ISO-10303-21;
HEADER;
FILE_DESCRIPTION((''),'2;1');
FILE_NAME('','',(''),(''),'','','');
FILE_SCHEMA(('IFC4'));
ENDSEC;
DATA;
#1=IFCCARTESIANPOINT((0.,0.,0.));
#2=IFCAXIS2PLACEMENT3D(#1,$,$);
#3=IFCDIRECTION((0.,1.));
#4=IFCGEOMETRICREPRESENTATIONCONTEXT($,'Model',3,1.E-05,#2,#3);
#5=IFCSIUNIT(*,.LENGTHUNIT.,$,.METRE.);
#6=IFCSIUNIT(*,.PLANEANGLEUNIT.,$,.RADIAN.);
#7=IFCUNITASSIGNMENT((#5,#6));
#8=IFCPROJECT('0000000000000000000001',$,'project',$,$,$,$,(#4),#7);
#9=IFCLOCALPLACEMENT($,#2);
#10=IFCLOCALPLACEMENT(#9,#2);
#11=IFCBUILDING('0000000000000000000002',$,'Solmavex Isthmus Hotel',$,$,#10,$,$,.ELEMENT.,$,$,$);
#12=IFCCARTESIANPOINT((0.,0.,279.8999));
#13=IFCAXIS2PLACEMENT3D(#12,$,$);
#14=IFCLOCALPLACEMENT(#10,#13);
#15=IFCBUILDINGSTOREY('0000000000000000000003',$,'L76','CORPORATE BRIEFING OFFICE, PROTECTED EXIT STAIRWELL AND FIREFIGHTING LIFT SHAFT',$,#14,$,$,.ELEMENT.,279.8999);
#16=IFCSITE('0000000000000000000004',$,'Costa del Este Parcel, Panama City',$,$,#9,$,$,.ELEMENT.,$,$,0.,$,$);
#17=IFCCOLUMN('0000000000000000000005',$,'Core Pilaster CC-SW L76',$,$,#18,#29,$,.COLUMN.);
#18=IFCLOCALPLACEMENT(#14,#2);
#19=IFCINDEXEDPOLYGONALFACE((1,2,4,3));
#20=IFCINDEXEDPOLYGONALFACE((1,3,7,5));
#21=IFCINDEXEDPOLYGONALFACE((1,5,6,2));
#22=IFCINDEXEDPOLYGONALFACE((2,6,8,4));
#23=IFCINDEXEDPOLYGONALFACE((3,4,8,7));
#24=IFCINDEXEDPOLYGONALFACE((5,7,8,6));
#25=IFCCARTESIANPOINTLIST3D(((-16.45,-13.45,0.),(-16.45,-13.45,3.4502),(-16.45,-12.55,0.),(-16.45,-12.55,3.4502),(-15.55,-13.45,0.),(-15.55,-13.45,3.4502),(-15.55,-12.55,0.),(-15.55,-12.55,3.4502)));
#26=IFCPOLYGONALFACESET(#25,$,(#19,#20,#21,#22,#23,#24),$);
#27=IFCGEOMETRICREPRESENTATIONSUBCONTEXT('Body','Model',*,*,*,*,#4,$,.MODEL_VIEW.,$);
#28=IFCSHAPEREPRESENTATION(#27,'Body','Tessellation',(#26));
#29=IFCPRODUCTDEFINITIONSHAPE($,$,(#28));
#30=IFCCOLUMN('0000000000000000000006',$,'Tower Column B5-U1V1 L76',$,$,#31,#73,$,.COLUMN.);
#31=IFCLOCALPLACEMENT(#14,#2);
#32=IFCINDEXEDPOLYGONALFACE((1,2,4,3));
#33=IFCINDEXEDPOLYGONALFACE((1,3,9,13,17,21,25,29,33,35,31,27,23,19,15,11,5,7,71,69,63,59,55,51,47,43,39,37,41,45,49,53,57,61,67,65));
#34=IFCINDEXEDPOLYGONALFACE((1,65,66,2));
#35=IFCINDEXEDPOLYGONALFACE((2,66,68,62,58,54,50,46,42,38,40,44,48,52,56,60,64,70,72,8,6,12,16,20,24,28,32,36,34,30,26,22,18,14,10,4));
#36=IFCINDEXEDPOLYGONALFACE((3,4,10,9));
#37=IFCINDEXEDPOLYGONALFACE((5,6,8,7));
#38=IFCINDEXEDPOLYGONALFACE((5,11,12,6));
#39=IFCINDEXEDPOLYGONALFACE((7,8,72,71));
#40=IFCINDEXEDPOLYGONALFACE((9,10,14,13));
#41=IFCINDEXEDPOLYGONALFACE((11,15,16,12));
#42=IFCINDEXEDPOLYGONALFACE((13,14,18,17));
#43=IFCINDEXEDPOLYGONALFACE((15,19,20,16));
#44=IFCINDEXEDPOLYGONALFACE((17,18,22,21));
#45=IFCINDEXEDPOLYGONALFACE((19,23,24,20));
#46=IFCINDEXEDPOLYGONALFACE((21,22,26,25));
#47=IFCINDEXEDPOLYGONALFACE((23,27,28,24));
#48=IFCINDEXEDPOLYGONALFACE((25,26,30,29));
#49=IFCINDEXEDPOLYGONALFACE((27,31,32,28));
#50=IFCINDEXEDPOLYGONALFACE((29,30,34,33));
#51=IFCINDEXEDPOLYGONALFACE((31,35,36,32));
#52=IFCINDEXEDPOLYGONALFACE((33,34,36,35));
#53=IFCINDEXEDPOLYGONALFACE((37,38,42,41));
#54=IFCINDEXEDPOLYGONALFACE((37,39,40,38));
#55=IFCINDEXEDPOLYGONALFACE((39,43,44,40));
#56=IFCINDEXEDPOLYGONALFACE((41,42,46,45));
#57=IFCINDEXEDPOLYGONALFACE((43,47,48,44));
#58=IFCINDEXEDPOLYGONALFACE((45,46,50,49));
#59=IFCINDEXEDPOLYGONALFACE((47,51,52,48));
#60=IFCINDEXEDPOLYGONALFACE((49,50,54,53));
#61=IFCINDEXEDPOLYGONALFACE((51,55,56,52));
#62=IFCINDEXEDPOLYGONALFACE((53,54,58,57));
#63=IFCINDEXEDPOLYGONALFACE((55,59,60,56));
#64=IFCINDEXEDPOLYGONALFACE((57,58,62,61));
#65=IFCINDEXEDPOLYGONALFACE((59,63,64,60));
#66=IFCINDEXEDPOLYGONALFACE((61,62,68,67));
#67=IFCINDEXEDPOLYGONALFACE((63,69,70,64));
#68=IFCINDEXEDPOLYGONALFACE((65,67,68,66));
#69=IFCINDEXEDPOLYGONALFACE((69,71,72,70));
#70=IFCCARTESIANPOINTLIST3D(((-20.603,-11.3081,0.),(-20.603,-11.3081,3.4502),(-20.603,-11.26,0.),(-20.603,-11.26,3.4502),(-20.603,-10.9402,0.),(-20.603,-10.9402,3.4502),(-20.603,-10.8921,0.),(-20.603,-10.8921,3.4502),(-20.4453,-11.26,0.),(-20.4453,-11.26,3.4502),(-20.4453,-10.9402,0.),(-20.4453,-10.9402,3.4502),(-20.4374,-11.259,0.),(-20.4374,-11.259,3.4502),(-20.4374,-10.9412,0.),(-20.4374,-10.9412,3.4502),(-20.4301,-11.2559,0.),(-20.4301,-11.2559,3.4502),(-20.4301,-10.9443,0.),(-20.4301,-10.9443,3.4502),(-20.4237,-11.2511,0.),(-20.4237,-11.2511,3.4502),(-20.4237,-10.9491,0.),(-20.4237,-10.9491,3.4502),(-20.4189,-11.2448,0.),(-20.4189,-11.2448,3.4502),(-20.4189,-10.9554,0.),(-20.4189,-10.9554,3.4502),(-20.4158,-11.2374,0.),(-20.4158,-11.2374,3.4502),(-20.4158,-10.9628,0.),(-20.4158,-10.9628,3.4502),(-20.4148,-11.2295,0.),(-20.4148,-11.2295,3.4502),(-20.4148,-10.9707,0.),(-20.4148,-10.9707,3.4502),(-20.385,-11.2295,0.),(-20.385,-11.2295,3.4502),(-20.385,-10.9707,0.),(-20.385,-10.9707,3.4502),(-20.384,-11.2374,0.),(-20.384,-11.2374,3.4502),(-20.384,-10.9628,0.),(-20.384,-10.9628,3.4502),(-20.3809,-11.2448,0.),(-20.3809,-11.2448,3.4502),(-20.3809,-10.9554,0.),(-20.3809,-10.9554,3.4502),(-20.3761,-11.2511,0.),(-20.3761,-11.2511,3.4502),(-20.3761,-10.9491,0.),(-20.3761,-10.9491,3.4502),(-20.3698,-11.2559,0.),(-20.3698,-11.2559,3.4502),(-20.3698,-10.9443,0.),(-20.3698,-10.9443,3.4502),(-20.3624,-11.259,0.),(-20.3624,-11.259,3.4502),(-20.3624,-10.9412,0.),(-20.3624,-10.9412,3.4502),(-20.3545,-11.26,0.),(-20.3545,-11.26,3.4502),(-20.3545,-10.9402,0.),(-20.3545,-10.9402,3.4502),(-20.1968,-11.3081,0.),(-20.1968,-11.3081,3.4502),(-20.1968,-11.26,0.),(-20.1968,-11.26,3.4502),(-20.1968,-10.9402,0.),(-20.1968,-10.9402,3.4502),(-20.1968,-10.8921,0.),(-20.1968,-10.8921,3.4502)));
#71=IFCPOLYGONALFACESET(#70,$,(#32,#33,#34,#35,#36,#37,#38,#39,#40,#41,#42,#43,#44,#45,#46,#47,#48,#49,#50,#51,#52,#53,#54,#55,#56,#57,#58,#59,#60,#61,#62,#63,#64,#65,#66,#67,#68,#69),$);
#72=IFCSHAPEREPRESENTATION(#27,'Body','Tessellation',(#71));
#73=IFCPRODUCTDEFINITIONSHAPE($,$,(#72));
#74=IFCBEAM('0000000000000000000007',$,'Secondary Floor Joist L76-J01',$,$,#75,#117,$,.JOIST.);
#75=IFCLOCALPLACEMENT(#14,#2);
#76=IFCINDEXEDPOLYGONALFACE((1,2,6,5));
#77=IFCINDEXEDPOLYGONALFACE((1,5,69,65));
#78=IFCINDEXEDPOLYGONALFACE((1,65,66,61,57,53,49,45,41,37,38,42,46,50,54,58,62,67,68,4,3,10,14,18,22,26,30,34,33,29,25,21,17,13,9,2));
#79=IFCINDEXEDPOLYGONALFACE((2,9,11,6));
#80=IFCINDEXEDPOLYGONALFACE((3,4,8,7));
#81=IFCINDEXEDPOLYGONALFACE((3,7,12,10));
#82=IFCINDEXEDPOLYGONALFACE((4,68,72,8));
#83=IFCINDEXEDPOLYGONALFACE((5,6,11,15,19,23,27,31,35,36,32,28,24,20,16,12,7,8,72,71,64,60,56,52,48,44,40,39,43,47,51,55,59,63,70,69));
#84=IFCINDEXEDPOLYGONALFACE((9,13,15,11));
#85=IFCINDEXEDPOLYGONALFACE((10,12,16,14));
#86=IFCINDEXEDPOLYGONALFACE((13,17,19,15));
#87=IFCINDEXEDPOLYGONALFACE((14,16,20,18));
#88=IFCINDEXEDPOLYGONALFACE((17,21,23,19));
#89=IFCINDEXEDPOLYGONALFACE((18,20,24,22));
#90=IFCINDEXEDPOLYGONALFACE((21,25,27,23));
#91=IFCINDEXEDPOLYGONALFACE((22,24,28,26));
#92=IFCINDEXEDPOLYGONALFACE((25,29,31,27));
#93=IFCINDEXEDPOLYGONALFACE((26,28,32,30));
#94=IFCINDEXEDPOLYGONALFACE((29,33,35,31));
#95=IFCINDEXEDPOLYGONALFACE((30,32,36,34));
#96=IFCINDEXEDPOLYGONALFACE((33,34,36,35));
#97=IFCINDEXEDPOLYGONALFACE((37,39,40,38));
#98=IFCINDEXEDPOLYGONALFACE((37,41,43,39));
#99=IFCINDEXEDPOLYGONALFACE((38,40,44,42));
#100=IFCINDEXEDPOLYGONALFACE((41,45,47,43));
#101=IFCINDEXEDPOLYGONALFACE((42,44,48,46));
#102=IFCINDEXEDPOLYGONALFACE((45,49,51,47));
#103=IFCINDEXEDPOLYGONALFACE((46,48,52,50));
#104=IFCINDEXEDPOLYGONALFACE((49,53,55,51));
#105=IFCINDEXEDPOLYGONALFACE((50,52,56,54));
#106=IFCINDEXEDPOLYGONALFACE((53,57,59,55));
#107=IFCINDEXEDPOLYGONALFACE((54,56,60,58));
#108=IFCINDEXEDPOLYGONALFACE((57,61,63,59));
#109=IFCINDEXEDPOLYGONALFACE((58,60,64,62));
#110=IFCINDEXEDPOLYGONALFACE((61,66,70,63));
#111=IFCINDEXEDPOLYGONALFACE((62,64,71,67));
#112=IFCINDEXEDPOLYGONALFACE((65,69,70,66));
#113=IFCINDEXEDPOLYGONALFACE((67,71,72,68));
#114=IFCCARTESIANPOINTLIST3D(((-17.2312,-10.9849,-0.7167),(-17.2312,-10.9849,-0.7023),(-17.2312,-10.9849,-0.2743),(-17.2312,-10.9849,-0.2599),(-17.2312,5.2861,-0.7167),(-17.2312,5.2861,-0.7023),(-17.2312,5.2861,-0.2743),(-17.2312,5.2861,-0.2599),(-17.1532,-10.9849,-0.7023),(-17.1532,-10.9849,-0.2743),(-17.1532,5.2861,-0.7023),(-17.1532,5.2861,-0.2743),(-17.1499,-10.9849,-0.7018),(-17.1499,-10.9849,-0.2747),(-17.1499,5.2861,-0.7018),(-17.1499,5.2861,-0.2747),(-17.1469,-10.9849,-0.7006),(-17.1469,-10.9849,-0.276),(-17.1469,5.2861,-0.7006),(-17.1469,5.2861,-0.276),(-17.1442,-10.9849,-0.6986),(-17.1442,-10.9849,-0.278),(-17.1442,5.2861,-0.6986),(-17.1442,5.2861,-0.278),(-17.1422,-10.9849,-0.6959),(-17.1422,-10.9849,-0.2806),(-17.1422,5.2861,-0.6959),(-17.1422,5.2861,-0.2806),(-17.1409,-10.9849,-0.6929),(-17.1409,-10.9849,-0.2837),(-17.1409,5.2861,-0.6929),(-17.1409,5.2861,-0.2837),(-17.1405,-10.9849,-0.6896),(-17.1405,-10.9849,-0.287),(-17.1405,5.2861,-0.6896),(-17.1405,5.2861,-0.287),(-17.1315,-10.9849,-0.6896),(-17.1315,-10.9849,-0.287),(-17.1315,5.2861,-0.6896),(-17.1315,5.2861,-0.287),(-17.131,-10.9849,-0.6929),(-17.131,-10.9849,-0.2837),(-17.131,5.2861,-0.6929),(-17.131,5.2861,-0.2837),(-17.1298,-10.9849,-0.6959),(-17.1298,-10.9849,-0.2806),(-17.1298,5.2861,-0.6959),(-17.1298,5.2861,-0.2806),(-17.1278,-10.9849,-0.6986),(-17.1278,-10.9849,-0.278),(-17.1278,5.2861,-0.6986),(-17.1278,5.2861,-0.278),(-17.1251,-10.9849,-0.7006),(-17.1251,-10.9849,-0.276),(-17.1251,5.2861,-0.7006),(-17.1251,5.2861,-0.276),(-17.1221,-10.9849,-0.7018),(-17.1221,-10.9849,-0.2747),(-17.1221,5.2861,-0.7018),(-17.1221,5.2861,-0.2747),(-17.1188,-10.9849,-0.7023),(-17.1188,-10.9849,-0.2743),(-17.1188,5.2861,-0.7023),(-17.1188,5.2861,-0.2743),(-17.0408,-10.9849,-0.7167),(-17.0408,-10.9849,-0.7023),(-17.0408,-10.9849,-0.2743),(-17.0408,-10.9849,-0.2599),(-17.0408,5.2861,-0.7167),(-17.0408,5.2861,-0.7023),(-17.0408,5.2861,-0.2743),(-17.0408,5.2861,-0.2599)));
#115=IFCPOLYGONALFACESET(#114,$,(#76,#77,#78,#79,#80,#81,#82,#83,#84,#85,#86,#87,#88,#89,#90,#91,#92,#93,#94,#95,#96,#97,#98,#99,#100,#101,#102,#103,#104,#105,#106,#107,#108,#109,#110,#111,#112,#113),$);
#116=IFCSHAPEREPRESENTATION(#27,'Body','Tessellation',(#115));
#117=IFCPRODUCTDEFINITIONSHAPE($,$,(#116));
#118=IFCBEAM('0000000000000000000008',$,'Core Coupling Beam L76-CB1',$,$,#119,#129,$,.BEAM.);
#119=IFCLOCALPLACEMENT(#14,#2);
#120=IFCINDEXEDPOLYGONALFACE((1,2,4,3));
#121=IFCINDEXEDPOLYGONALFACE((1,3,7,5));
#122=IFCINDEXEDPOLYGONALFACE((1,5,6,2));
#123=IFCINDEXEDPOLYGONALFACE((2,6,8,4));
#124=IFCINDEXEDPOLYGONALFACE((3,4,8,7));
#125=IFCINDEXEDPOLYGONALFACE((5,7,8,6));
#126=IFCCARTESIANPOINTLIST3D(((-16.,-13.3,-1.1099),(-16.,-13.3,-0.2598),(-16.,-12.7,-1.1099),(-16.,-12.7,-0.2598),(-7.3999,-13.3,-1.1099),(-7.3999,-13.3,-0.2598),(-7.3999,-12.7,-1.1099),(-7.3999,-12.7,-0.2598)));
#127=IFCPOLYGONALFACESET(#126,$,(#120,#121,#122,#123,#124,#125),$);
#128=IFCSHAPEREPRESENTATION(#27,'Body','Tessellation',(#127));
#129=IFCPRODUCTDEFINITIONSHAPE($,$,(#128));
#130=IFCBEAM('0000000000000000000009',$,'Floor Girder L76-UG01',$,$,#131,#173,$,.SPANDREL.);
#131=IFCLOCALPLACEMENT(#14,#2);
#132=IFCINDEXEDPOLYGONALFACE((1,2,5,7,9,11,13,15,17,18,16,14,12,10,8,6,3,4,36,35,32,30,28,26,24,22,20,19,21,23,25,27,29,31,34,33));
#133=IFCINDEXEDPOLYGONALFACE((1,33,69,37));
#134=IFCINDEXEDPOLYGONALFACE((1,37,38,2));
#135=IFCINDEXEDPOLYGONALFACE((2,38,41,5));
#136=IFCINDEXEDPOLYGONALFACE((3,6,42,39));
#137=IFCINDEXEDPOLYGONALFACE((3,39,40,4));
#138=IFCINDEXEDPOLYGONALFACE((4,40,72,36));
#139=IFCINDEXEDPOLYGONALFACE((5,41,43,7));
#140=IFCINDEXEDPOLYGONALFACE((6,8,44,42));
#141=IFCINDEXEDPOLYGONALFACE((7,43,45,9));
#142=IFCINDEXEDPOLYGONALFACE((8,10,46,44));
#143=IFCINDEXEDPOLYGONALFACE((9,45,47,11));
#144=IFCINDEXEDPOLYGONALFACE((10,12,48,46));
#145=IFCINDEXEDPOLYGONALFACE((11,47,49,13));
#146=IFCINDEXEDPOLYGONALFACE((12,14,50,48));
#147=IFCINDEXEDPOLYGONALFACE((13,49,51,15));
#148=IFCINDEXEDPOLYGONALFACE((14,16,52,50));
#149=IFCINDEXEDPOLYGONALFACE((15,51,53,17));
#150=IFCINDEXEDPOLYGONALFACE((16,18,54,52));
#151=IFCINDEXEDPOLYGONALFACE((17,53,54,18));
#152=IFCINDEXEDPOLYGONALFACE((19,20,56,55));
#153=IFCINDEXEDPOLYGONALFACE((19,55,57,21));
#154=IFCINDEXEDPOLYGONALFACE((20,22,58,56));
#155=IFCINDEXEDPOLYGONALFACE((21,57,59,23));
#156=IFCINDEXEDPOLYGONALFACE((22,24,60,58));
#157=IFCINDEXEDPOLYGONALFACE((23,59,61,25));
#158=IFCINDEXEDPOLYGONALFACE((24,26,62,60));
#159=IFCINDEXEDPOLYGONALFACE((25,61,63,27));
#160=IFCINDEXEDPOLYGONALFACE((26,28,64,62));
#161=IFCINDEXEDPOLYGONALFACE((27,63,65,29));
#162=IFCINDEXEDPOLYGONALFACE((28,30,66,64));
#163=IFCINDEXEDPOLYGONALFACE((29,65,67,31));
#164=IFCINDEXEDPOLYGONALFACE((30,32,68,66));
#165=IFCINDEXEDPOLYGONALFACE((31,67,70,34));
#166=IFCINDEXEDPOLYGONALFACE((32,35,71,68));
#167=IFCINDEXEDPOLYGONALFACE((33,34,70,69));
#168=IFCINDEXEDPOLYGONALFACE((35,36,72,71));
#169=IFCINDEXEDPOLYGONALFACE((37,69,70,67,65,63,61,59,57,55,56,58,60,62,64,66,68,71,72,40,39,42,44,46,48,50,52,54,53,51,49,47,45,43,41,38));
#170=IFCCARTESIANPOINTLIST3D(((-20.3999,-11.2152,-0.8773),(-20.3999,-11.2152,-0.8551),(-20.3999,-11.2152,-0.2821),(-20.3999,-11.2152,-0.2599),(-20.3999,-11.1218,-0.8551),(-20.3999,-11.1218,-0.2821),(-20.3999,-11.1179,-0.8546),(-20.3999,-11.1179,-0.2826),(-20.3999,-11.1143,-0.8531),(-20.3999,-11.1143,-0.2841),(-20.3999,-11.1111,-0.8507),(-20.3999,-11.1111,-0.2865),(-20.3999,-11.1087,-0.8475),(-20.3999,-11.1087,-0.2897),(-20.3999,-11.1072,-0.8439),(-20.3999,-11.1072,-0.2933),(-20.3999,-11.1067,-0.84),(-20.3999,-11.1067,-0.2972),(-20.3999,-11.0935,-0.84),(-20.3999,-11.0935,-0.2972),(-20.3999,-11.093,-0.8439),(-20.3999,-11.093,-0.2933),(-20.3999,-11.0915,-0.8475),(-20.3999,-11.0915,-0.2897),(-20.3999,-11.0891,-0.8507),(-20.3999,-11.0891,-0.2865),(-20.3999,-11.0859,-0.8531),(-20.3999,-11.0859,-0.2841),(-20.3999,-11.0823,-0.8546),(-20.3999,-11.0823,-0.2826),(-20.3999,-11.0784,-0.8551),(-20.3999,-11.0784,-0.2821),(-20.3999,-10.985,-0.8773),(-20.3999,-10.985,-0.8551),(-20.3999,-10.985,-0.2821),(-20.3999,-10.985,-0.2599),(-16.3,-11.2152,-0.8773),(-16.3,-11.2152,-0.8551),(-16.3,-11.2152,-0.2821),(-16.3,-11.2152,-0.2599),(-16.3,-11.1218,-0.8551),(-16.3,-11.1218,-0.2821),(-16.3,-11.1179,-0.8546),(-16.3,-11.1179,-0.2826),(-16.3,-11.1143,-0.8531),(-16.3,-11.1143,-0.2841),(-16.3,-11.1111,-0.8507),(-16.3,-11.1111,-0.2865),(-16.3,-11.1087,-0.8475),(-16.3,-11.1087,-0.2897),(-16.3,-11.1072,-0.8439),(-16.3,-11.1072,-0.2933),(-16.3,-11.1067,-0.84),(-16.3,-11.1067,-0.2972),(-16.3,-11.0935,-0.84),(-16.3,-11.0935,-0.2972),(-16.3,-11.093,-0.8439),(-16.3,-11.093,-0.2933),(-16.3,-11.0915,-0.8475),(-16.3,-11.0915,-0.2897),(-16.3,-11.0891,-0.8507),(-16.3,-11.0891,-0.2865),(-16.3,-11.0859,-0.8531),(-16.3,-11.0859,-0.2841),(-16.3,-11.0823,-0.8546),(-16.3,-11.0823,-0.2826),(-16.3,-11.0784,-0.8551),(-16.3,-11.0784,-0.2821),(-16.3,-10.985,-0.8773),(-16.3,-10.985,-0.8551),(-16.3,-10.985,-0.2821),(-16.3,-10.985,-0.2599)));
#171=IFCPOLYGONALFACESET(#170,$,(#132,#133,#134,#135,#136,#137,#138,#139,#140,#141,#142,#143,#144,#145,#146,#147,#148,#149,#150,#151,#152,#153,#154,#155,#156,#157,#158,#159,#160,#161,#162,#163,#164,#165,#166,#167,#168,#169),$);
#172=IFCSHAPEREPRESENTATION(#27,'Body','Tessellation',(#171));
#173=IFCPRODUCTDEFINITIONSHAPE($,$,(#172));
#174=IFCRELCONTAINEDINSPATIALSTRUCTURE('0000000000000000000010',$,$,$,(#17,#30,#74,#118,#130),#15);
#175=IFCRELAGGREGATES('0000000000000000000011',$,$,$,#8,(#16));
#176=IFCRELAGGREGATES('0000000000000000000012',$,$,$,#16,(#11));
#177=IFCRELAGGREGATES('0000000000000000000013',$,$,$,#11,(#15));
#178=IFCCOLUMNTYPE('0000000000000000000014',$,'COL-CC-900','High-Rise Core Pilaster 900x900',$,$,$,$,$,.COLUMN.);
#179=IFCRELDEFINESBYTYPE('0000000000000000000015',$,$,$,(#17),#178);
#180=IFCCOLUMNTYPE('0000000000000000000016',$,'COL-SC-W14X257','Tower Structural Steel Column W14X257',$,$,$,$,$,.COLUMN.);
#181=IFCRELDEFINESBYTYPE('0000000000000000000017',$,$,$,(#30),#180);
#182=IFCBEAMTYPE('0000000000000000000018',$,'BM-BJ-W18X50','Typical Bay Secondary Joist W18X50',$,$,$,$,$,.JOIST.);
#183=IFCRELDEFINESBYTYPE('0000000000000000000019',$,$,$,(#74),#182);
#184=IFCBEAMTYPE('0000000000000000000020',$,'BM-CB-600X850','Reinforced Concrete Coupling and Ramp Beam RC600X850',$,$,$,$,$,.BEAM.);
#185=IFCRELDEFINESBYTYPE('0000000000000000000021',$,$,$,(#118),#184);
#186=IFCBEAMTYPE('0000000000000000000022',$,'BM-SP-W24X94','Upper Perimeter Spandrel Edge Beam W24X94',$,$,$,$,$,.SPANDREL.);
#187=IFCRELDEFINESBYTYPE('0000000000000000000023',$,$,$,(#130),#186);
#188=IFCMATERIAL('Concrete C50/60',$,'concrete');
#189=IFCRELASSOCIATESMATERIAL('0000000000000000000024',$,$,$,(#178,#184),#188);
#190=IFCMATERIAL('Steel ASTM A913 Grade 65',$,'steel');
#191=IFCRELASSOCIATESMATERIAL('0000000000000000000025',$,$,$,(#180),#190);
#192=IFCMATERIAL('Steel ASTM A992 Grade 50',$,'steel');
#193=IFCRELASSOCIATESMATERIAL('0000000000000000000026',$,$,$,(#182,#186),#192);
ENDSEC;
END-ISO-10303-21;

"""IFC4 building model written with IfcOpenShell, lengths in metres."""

from ifc_helpers import new_model, si_unit, direction, frame, origin, origin_2d, place, context, subcontext, project, spatial, rectangle, i_section, extrude, material, material_profile, profile_set, type_object, element, save


model = new_model("IFC4")

# Units and contexts
model_context = context("Model", 3, precision=1e-05, world=origin(), true_north=direction((0.0, 1.0)))
body_context = subcontext(model_context, "Body", "Model", "MODEL_VIEW")
ifc_project = project(units=[si_unit("LENGTHUNIT", "METRE"), si_unit("PLANEANGLEUNIT", "RADIAN")], contexts=[model_context])

# Site, building, storey
site_placement = place(None, origin())
site = spatial("IfcSite", under=ifc_project, at=site_placement, Name="Costa del Este Parcel, Panama City", CompositionType="ELEMENT", RefElevation=0.0)
building_placement = place(site_placement, origin())
building = spatial("IfcBuilding", under=site, at=building_placement, Name="Solmavex Isthmus Hotel", CompositionType="ELEMENT")
storey_placement = place(building_placement, frame((0.0, 0.0, 279.8999)))
storey = spatial("IfcBuildingStorey", under=building, at=storey_placement, Name="L76", Description="CORPORATE BRIEFING OFFICE, PROTECTED EXIT STAIRWELL AND FIREFIGHTING LIFT SHAFT", CompositionType="ELEMENT", Elevation=279.8999)

# Columns
ifc_material_1 = material(Name="Concrete C50/60", Category="concrete")
ifc_material_profile_1 = material_profile(ifc_material_1, rectangle(XDim=0.8999, YDim=0.8999, at=origin_2d()), Name="RC900X900")
ifc_profile_set_1 = profile_set([ifc_material_profile_1], Name="Concrete C50/60")
column_type_1 = type_object("IfcColumnType", Name="COL-CC-900", Description="High-Rise Core Pilaster 900x900", PredefinedType="COLUMN", material=ifc_profile_set_1)
column_1_placement = place(storey_placement, frame((-16.0, -13.0, 0.0), z_axis=(0.0, 0.0, 1.0), x_axis=(1.0, 0.0, 0.0)))
element("IfcColumn", 1, at=column_1_placement, inside=storey, type_object=column_type_1, Name="Core Pilaster CC-SW L76", PredefinedType="COLUMN", context=body_context, shape_type="SweptSolid", body=[
    extrude(rectangle(XDim=0.8999, YDim=0.8999, at=origin_2d()), origin(), (0.0, 0.0, 1.0), 3.4502),
])
ifc_material_2 = material(Name="Steel ASTM A913 Grade 65", Category="steel")
ifc_material_profile_2 = material_profile(ifc_material_2, i_section(OverallWidth=0.4062, OverallDepth=0.416, WebThickness=0.0298, FlangeThickness=0.0481, FilletRadius=0.0305, at=origin_2d()), Name="W14X257")
ifc_profile_set_2 = profile_set([ifc_material_profile_2], Name="Steel ASTM A913 Grade 65")
column_type_2 = type_object("IfcColumnType", Name="COL-SC-W14X257", Description="Tower Structural Steel Column W14X257", PredefinedType="COLUMN", material=ifc_profile_set_2)
column_2_placement = place(storey_placement, frame((-20.3999, -11.1001, 0.0), z_axis=(0.0, 0.0, 1.0), x_axis=(1.0, 0.0, 0.0)))
element("IfcColumn", 2, at=column_2_placement, inside=storey, type_object=column_type_2, Name="Tower Column B5-U1V1 L76", PredefinedType="COLUMN", context=body_context, shape_type="SweptSolid", body=[
    extrude(i_section(OverallWidth=0.4062, OverallDepth=0.416, WebThickness=0.0298, FlangeThickness=0.0481, FilletRadius=0.0305, at=origin_2d()), origin(), (0.0, 0.0, 1.0), 3.4502),
])

# Beams
ifc_material_3 = material(Name="Steel ASTM A992 Grade 50", Category="steel")
ifc_material_profile_3 = material_profile(ifc_material_3, i_section(OverallWidth=0.1904, OverallDepth=0.4568, WebThickness=0.009, FlangeThickness=0.0144, FilletRadius=0.0127, at=origin_2d()), Name="W18X50")
ifc_profile_set_3 = profile_set([ifc_material_profile_3], Name="Steel ASTM A992 Grade 50")
beam_type_1 = type_object("IfcBeamType", Name="BM-BJ-W18X50", Description="Typical Bay Secondary Joist W18X50", PredefinedType="JOIST", material=ifc_profile_set_3)
beam_1_placement = place(storey_placement, frame((-17.136, -10.9849, -0.4883), z_axis=(0.0, 1.0, 0.0), x_axis=(-1.0, 0.0, 0.0)))
element("IfcBeam", 3, at=beam_1_placement, inside=storey, type_object=beam_type_1, Name="Secondary Floor Joist L76-J01", PredefinedType="JOIST", context=body_context, shape_type="SweptSolid", body=[
    extrude(i_section(OverallWidth=0.1904, OverallDepth=0.4568, WebThickness=0.009, FlangeThickness=0.0144, FilletRadius=0.0127, at=origin_2d()), origin(), (0.0, 0.0, 1.0), 16.271),
])
ifc_material_profile_4 = material_profile(ifc_material_1, rectangle(XDim=0.6001, YDim=0.8501, at=origin_2d()), Name="RC600X850")
ifc_profile_set_4 = profile_set([ifc_material_profile_4], Name="Concrete C50/60")
beam_type_2 = type_object("IfcBeamType", Name="BM-CB-600X850", Description="Reinforced Concrete Coupling and Ramp Beam RC600X850", PredefinedType="BEAM", material=ifc_profile_set_4)
beam_2_placement = place(storey_placement, frame((-16.0, -13.0, -0.6848), z_axis=(1.0, 0.0, 0.0), x_axis=(0.0, 1.0, 0.0)))
element("IfcBeam", 4, at=beam_2_placement, inside=storey, type_object=beam_type_2, Name="Core Coupling Beam L76-CB1", PredefinedType="BEAM", context=body_context, shape_type="SweptSolid", body=[
    extrude(rectangle(XDim=0.6001, YDim=0.8501, at=origin_2d()), origin(), (0.0, 0.0, 1.0), 8.6001),
])
ifc_material_profile_5 = material_profile(ifc_material_3, i_section(OverallWidth=0.2302, OverallDepth=0.6174, WebThickness=0.0132, FlangeThickness=0.0222, FilletRadius=0.0151, at=origin_2d()), Name="W24X94")
ifc_profile_set_5 = profile_set([ifc_material_profile_5], Name="Steel ASTM A992 Grade 50")
beam_type_3 = type_object("IfcBeamType", Name="BM-SP-W24X94", Description="Upper Perimeter Spandrel Edge Beam W24X94", PredefinedType="SPANDREL", material=ifc_profile_set_5)
beam_3_placement = place(storey_placement, frame((-20.3999, -11.1001, -0.5686), z_axis=(1.0, 0.0, 0.0), x_axis=(0.0, 1.0, 0.0)))
element("IfcBeam", 5, at=beam_3_placement, inside=storey, type_object=beam_type_3, Name="Floor Girder L76-UG01", PredefinedType="SPANDREL", context=body_context, shape_type="SweptSolid", body=[
    extrude(i_section(OverallWidth=0.2302, OverallDepth=0.6174, WebThickness=0.0132, FlangeThickness=0.0222, FilletRadius=0.0151, at=origin_2d()), origin(), (0.0, 0.0, 1.0), 4.0999),
])

save(model, "model.ifc")
